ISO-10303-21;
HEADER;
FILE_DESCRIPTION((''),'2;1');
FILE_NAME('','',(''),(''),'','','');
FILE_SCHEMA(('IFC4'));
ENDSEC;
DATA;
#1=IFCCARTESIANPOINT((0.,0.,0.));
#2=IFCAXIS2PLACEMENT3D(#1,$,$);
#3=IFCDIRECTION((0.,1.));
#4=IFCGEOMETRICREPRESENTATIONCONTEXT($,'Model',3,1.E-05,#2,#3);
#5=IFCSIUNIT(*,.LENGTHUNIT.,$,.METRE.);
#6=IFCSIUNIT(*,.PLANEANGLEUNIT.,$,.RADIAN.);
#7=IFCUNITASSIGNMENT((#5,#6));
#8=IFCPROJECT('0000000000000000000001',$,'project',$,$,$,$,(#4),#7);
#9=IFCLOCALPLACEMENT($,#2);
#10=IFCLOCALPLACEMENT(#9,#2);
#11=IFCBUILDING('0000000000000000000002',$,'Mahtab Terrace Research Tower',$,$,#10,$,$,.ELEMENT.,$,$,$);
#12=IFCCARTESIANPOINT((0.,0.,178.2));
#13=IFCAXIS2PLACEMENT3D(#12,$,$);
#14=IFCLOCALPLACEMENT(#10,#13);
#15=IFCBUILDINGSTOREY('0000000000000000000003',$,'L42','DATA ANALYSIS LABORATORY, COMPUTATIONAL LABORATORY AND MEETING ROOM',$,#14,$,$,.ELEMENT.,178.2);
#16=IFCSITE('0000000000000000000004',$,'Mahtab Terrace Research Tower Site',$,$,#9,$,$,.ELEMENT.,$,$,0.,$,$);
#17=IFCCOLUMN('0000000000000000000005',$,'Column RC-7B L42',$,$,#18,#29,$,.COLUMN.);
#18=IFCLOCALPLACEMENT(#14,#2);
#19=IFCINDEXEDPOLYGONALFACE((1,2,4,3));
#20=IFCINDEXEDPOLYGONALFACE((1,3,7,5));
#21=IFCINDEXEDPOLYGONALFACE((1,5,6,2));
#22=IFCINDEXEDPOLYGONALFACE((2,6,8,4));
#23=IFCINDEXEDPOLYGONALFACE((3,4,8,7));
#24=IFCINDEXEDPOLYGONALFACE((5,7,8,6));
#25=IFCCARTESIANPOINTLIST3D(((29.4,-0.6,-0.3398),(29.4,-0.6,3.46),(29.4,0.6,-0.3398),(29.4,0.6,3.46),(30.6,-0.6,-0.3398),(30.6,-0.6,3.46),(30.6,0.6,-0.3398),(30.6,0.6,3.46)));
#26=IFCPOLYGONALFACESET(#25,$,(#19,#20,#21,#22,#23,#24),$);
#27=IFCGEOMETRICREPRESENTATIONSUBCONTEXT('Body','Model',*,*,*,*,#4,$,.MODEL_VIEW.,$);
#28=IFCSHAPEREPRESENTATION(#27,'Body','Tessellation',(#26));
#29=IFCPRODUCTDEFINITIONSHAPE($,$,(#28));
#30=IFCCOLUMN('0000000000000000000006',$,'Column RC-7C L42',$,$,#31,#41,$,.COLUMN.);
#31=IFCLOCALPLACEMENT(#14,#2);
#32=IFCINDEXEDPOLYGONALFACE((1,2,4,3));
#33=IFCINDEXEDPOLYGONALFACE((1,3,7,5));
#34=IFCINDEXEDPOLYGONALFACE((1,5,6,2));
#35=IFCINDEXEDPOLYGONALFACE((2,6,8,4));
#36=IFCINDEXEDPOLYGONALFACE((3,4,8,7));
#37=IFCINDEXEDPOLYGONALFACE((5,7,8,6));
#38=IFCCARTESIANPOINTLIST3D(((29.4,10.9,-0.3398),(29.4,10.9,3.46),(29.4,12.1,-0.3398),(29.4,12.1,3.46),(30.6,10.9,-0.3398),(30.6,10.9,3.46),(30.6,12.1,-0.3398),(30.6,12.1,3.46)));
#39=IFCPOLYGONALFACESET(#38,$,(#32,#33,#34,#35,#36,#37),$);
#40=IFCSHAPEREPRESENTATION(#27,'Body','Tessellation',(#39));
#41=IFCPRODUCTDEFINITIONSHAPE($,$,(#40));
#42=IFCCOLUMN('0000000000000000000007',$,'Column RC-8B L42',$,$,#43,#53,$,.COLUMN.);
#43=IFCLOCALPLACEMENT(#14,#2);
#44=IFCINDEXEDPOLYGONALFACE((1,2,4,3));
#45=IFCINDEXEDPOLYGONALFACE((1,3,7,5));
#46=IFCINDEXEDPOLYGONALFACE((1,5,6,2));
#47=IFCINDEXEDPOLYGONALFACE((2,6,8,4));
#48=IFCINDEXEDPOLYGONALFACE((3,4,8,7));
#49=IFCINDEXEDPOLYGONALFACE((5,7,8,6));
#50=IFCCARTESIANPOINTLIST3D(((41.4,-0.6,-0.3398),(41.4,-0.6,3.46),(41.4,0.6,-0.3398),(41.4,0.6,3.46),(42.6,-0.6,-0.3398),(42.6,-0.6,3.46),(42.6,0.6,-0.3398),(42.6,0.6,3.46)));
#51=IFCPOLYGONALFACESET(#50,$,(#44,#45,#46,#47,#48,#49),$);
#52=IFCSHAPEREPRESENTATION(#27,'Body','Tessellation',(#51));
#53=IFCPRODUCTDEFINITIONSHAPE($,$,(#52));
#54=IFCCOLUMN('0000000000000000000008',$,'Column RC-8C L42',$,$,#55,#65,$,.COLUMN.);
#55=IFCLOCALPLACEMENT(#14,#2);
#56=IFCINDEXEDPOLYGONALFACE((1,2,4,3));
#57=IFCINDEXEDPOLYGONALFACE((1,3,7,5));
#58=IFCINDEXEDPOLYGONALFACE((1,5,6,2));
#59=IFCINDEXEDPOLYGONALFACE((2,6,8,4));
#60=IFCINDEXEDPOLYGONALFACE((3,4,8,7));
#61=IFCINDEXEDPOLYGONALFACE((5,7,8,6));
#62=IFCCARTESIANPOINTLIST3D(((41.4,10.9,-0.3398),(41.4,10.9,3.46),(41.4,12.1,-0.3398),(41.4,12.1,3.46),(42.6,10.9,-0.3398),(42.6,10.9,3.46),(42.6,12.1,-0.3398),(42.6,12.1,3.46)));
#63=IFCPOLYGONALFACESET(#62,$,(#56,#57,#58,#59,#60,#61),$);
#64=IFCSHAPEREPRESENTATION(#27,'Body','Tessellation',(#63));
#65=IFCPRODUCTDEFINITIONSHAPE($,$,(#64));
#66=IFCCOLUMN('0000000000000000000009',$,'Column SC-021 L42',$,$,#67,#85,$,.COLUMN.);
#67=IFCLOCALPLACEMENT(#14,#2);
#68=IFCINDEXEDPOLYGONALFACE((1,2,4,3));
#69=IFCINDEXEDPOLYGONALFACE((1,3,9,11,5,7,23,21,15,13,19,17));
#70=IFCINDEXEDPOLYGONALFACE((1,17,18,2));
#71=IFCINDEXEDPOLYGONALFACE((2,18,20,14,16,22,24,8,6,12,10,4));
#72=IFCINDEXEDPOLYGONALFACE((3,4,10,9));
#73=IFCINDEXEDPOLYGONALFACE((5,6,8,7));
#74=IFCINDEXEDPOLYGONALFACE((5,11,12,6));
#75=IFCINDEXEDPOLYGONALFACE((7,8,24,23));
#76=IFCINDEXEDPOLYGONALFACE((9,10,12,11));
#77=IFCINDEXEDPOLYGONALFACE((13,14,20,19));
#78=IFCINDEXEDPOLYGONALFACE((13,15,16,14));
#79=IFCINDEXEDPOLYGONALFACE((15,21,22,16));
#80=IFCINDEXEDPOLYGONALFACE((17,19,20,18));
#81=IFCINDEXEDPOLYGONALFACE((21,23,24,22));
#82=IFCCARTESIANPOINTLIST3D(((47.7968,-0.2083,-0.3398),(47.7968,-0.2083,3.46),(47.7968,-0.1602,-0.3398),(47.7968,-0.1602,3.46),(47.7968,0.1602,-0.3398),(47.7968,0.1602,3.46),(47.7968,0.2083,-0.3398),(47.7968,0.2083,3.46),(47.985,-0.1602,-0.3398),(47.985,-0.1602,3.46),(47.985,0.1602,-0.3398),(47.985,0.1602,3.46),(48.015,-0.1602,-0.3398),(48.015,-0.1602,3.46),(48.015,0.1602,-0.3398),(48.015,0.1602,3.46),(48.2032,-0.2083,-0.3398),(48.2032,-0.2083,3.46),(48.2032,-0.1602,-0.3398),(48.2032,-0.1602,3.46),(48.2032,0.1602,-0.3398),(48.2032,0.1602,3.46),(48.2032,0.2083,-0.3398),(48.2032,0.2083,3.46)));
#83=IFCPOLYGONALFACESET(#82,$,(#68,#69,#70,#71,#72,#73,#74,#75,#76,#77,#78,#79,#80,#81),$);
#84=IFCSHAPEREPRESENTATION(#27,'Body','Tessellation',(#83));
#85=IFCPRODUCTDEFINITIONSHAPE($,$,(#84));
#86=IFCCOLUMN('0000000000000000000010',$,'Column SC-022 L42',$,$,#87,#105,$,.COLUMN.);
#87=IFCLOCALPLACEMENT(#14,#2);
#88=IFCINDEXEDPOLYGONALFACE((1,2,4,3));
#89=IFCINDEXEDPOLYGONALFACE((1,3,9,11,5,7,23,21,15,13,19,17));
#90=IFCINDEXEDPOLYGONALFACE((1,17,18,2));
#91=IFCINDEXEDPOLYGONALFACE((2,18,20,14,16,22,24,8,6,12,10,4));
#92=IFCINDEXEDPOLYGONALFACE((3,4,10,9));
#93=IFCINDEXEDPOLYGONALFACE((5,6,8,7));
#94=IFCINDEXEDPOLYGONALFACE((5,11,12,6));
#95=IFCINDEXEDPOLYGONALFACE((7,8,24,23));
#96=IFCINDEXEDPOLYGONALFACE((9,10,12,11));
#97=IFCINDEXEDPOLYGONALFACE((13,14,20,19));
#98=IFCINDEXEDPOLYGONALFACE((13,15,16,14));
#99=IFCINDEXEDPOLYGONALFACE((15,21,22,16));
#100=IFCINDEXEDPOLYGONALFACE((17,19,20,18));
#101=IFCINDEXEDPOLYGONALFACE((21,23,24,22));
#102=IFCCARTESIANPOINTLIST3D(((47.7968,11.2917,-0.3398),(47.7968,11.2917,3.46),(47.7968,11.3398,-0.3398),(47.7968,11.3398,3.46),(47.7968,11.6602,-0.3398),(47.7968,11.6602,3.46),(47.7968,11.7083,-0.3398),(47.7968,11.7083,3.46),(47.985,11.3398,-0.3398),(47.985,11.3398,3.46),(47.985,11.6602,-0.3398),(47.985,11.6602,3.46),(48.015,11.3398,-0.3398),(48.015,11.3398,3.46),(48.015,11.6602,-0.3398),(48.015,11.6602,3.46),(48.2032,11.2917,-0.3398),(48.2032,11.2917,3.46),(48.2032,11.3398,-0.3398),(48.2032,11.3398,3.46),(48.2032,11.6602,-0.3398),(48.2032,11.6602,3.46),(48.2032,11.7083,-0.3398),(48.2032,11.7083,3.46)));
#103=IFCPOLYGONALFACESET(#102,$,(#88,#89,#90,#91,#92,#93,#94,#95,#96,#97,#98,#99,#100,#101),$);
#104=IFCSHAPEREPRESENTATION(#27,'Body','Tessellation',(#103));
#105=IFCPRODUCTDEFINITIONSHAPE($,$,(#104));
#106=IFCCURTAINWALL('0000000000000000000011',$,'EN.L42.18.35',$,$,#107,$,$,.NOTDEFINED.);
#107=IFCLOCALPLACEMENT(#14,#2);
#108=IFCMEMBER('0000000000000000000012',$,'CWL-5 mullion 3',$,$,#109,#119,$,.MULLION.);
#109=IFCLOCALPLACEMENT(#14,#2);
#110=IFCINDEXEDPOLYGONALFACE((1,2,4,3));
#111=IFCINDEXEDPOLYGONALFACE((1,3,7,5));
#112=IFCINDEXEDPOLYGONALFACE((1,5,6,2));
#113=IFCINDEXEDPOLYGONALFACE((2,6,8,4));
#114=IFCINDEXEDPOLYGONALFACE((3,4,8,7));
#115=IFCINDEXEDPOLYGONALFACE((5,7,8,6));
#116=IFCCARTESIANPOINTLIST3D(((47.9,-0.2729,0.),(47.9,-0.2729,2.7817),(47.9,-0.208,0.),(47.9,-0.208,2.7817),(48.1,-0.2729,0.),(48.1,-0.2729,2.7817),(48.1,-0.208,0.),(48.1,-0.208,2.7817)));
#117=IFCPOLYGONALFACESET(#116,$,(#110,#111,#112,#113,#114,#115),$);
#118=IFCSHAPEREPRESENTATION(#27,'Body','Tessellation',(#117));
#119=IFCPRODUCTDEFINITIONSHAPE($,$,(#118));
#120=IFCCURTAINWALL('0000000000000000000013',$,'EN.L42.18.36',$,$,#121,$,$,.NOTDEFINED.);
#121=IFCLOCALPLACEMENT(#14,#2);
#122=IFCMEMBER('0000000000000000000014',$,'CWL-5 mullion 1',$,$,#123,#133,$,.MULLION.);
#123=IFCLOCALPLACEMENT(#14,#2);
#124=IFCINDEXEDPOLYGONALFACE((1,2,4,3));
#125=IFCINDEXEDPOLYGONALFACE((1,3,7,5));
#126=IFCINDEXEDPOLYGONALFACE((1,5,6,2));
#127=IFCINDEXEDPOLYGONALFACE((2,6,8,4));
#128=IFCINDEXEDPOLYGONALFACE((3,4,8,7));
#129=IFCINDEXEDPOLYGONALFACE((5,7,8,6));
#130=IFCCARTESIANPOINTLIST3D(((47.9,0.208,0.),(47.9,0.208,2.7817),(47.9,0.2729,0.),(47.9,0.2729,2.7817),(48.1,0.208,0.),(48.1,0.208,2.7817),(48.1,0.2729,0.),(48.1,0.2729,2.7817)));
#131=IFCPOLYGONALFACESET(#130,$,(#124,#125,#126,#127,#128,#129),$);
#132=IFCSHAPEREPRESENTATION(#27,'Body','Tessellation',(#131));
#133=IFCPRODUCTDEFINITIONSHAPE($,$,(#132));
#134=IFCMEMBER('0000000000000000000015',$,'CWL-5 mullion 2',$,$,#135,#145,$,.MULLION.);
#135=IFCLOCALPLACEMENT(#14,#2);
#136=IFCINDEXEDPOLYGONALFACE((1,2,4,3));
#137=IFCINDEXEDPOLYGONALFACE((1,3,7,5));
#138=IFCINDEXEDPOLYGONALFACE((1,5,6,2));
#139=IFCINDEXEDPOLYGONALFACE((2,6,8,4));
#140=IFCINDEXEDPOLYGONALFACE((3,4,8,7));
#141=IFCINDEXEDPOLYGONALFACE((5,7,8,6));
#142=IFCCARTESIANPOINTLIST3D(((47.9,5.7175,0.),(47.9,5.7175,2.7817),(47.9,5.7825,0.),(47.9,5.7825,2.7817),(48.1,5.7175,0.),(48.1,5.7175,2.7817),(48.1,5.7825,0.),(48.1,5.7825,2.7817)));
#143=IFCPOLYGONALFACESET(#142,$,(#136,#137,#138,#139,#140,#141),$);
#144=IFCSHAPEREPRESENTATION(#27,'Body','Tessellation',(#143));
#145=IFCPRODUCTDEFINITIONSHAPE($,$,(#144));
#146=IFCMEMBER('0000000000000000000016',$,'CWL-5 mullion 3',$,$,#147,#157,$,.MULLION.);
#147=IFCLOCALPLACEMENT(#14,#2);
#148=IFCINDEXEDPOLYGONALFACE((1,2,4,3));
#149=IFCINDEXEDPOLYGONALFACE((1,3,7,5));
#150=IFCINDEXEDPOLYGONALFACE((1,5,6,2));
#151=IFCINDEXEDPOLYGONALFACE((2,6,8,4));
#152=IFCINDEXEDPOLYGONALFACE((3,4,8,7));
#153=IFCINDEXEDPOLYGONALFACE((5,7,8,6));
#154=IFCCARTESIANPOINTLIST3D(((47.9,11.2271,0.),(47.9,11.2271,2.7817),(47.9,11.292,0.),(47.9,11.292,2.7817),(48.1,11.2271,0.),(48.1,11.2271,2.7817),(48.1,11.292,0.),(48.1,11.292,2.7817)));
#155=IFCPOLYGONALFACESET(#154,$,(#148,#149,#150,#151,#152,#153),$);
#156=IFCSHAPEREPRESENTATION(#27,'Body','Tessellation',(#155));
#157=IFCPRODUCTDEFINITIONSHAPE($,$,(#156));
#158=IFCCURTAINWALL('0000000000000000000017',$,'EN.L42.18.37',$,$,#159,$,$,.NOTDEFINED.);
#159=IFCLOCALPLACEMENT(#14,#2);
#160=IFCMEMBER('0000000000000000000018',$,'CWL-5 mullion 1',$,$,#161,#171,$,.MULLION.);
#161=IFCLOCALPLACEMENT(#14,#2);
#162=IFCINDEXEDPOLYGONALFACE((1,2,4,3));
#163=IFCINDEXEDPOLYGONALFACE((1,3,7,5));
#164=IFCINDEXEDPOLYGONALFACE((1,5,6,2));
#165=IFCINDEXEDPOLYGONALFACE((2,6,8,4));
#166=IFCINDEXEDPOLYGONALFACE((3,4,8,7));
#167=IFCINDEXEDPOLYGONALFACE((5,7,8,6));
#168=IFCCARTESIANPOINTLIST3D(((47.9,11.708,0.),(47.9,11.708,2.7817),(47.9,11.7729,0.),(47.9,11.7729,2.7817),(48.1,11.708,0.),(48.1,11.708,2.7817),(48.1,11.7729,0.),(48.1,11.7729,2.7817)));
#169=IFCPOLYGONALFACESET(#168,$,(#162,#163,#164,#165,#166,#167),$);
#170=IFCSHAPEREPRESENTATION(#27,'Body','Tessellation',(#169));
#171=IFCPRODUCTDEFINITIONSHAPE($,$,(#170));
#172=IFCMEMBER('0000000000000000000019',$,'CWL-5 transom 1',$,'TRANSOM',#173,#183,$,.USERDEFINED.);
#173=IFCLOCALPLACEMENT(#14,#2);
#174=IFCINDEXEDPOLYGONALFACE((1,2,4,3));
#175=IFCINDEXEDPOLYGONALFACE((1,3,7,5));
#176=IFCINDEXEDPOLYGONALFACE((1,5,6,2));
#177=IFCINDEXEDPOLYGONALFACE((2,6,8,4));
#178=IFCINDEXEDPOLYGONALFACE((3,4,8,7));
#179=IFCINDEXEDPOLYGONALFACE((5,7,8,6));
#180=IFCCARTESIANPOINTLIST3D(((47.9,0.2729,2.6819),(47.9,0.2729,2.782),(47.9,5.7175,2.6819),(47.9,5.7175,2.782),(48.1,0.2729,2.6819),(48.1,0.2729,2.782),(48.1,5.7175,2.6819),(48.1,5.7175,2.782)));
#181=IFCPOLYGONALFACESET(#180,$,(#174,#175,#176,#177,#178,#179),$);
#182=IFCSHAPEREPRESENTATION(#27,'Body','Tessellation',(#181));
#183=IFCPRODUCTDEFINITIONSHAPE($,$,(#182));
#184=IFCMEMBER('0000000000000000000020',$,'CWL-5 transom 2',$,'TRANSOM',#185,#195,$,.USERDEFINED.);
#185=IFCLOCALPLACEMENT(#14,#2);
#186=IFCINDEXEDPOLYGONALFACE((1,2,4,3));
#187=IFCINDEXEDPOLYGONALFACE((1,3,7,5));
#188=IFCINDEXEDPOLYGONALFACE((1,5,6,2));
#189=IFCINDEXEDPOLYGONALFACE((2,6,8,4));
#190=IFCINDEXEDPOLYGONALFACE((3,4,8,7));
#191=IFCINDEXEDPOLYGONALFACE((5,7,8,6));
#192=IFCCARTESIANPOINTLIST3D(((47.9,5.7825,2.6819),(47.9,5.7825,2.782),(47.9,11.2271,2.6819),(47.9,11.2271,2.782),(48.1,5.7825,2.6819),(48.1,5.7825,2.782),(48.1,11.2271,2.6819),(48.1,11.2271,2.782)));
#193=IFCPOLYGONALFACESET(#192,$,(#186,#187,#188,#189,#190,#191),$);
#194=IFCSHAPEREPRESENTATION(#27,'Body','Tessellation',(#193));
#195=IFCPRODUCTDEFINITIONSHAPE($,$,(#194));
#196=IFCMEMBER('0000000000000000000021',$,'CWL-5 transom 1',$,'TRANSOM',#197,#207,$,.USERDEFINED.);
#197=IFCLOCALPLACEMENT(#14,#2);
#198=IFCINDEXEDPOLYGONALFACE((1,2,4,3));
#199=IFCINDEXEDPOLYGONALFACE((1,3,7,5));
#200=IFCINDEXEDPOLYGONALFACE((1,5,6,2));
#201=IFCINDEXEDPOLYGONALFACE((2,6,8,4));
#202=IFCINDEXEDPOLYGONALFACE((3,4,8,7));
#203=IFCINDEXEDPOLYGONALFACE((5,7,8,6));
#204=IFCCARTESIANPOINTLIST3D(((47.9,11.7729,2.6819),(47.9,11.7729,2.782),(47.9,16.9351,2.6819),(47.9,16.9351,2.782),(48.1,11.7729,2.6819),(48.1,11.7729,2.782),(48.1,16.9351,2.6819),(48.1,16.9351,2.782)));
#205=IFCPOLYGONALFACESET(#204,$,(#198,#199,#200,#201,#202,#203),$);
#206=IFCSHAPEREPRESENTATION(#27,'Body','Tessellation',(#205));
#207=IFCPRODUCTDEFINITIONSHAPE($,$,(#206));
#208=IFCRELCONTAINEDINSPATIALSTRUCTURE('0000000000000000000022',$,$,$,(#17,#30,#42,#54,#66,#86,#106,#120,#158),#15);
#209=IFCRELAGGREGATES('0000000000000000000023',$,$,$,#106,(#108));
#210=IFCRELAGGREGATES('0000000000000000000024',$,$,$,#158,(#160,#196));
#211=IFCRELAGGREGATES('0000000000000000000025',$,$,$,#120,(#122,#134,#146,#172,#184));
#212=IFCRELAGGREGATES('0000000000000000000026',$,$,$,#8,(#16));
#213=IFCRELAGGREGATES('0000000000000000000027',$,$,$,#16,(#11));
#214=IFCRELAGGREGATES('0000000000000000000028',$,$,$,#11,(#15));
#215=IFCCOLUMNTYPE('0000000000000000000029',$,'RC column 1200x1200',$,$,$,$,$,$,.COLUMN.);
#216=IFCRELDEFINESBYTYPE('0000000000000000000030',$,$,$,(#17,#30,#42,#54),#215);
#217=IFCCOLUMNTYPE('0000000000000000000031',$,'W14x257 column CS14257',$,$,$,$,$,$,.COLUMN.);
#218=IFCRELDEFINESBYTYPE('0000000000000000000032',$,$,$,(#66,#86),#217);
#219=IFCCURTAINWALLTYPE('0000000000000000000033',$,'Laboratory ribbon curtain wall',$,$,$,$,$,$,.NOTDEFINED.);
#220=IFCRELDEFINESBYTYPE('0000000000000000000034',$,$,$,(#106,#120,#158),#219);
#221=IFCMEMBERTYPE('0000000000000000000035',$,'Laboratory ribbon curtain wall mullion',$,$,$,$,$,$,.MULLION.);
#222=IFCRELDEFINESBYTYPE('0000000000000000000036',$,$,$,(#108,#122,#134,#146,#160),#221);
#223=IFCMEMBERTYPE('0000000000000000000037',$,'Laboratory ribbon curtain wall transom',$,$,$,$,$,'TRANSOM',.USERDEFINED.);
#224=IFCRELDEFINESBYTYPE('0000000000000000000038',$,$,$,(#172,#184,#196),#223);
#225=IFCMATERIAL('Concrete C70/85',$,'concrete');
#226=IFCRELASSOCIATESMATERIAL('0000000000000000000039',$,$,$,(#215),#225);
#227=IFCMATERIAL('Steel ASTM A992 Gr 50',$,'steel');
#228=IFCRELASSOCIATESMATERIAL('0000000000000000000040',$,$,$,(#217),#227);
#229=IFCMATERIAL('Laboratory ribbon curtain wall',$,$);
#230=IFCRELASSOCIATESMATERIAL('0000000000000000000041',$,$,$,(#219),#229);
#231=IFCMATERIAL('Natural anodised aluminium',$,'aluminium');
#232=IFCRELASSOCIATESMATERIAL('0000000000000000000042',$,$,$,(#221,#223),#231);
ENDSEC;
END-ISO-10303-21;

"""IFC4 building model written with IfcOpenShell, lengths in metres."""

from ifc_helpers import new_model, si_unit, direction, frame, origin, origin_2d, place, context, subcontext, project, spatial, rectangle, i_section, extrude, material, material_profile, profile_set, type_object, element, aggregate, save


model = new_model("IFC4")

# Units and contexts
model_context = context("Model", 3, precision=1e-05, world=origin(), true_north=direction((0.0, 1.0)))
body_context = subcontext(model_context, "Body", "Model", "MODEL_VIEW")
ifc_project = project(units=[si_unit("LENGTHUNIT", "METRE"), si_unit("PLANEANGLEUNIT", "RADIAN")], contexts=[model_context])

# Site, building, storey
site_placement = place(None, origin())
site = spatial("IfcSite", under=ifc_project, at=site_placement, Name="Mahtab Terrace Research Tower Site", CompositionType="ELEMENT", RefElevation=0.0)
building_placement = place(site_placement, origin())
building = spatial("IfcBuilding", under=site, at=building_placement, Name="Mahtab Terrace Research Tower", CompositionType="ELEMENT")
storey_placement = place(building_placement, frame((0.0, 0.0, 178.2)))
storey = spatial("IfcBuildingStorey", under=building, at=storey_placement, Name="L42", Description="DATA ANALYSIS LABORATORY, COMPUTATIONAL LABORATORY AND MEETING ROOM", CompositionType="ELEMENT", Elevation=178.2)

# Columns
ifc_material_1 = material(Name="Concrete C70/85", Category="concrete")
ifc_material_profile_1 = material_profile(ifc_material_1, rectangle(XDim=1.2, YDim=1.2, at=origin_2d()), Name="RC column 1200x1200")
ifc_profile_set_1 = profile_set([ifc_material_profile_1], Name="Concrete C70/85")
column_type_1 = type_object("IfcColumnType", Name="RC column 1200x1200", PredefinedType="COLUMN", material=ifc_profile_set_1)
for number, where, z_axis, x_axis, name in (
    (1, (30.0, 0.0, -0.3398), (0.0, 0.0, 1.0), (1.0, 0.0, 0.0), "Column RC-7B L42"),
    (2, (30.0, 11.5, -0.3398), (0.0, 0.0, 1.0), (1.0, 0.0, 0.0), "Column RC-7C L42"),
    (3, (42.0, 0.0, -0.3398), (0.0, 0.0, 1.0), (1.0, 0.0, 0.0), "Column RC-8B L42"),
    (4, (42.0, 11.5, -0.3398), (0.0, 0.0, 1.0), (1.0, 0.0, 0.0), "Column RC-8C L42"),
):
    element("IfcColumn", number, at=place(storey_placement, frame(where, z_axis=z_axis, x_axis=x_axis)), inside=storey, type_object=column_type_1, Name=name, PredefinedType="COLUMN", context=body_context, shape_type="SweptSolid", body=[
        extrude(rectangle(XDim=1.2, YDim=1.2, at=origin_2d()), origin(), (0.0, 0.0, 1.0), 3.7998),
    ])
ifc_material_2 = material(Name="Steel ASTM A992 Gr 50", Category="steel")
ifc_material_profile_2 = material_profile(ifc_material_2, i_section(OverallWidth=0.4065, OverallDepth=0.4165, WebThickness=0.03, FlangeThickness=0.0481, at=origin_2d()), Name="W14X257")
ifc_profile_set_2 = profile_set([ifc_material_profile_2], Name="Steel ASTM A992 Gr 50")
column_type_2 = type_object("IfcColumnType", Name="W14x257 column CS14257", PredefinedType="COLUMN", material=ifc_profile_set_2)
for number, where, z_axis, x_axis, name in (
    (5, (48.0, 0.0, -0.3398), (0.0, 0.0, 1.0), (1.0, 0.0, 0.0), "Column SC-021 L42"),
    (6, (48.0, 11.5, -0.3398), (0.0, 0.0, 1.0), (1.0, 0.0, 0.0), "Column SC-022 L42"),
):
    element("IfcColumn", number, at=place(storey_placement, frame(where, z_axis=z_axis, x_axis=x_axis)), inside=storey, type_object=column_type_2, Name=name, PredefinedType="COLUMN", context=body_context, shape_type="SweptSolid", body=[
        extrude(i_section(OverallWidth=0.4065, OverallDepth=0.4165, WebThickness=0.03, FlangeThickness=0.0481, at=origin_2d()), origin(), (0.0, 0.0, 1.0), 3.7998),
    ])

# Curtain wall, member
ifc_material_3 = material(Name="Laboratory ribbon curtain wall")
curtain_wall_type = type_object("IfcCurtainWallType", Name="Laboratory ribbon curtain wall", PredefinedType="NOTDEFINED", material=ifc_material_3)
curtain_wall_1_placement = place(storey_placement, origin())
curtain_wall_1 = element("IfcCurtainWall", 7, at=curtain_wall_1_placement, inside=storey, type_object=curtain_wall_type, Name="EN.L42.18.35", PredefinedType="NOTDEFINED")
ifc_material_4 = material(Name="Natural anodised aluminium", Category="aluminium")
ifc_material_profile_3 = material_profile(ifc_material_4, rectangle(XDim=0.2, YDim=0.0649, at=origin_2d()), Name="MULLION 65x200")
ifc_profile_set_3 = profile_set([ifc_material_profile_3], Name="Natural anodised aluminium")
member_type_1 = type_object("IfcMemberType", Name="Laboratory ribbon curtain wall mullion", PredefinedType="MULLION", material=ifc_profile_set_3)
member_1_placement = place(storey_placement, frame((48.0, -0.2405, 0.0), z_axis=(0.0, 0.0, 1.0), x_axis=(-1.0, 0.0, 0.0)))
member_1 = element("IfcMember", 8, at=member_1_placement, type_object=member_type_1, Name="CWL-5 mullion 3", PredefinedType="MULLION", context=body_context, shape_type="SweptSolid", body=[
    extrude(rectangle(XDim=0.2, YDim=0.0649, at=origin_2d()), origin(), (0.0, 0.0, 1.0), 2.7817),
])
aggregate(curtain_wall_1, [member_1])

# Curtain wall, members
curtain_wall_2_placement = place(storey_placement, origin())
curtain_wall_2 = element("IfcCurtainWall", 9, at=curtain_wall_2_placement, inside=storey, type_object=curtain_wall_type, Name="EN.L42.18.36", PredefinedType="NOTDEFINED")
member_2_placement = place(storey_placement, frame((48.0, 0.2405, 0.0), z_axis=(0.0, 0.0, 1.0), x_axis=(-1.0, 0.0, 0.0)))
member_2 = element("IfcMember", 10, at=member_2_placement, type_object=member_type_1, Name="CWL-5 mullion 1", PredefinedType="MULLION", context=body_context, shape_type="SweptSolid", body=[
    extrude(rectangle(XDim=0.2, YDim=0.0649, at=origin_2d()), origin(), (0.0, 0.0, 1.0), 2.7817),
])
member_3_placement = place(storey_placement, frame((48.0, 5.75, 0.0), z_axis=(0.0, 0.0, 1.0), x_axis=(-1.0, 0.0, 0.0)))
member_3 = element("IfcMember", 11, at=member_3_placement, type_object=member_type_1, Name="CWL-5 mullion 2", PredefinedType="MULLION", context=body_context, shape_type="SweptSolid", body=[
    extrude(rectangle(XDim=0.2, YDim=0.0649, at=origin_2d()), origin(), (0.0, 0.0, 1.0), 2.7817),
])
member_4_placement = place(storey_placement, frame((48.0, 11.2595, 0.0), z_axis=(0.0, 0.0, 1.0), x_axis=(-1.0, 0.0, 0.0)))
member_4 = element("IfcMember", 12, at=member_4_placement, type_object=member_type_1, Name="CWL-5 mullion 3", PredefinedType="MULLION", context=body_context, shape_type="SweptSolid", body=[
    extrude(rectangle(XDim=0.2, YDim=0.0649, at=origin_2d()), origin(), (0.0, 0.0, 1.0), 2.7817),
])

# Curtain wall, member
curtain_wall_3_placement = place(storey_placement, origin())
curtain_wall_3 = element("IfcCurtainWall", 13, at=curtain_wall_3_placement, inside=storey, type_object=curtain_wall_type, Name="EN.L42.18.37", PredefinedType="NOTDEFINED")
member_5_placement = place(storey_placement, frame((48.0, 11.7405, 0.0), z_axis=(0.0, 0.0, 1.0), x_axis=(-1.0, 0.0, 0.0)))
member_5 = element("IfcMember", 14, at=member_5_placement, type_object=member_type_1, Name="CWL-5 mullion 1", PredefinedType="MULLION", context=body_context, shape_type="SweptSolid", body=[
    extrude(rectangle(XDim=0.2, YDim=0.0649, at=origin_2d()), origin(), (0.0, 0.0, 1.0), 2.7817),
])

# Members
ifc_material_profile_4 = material_profile(ifc_material_4, rectangle(XDim=0.2, YDim=0.1001, at=origin_2d()), Name="TRANSOM 100x200")
ifc_profile_set_4 = profile_set([ifc_material_profile_4], Name="Natural anodised aluminium")
member_type_2 = type_object("IfcMemberType", Name="Laboratory ribbon curtain wall transom", ElementType="TRANSOM", PredefinedType="USERDEFINED", material=ifc_profile_set_4)
member_6_placement = place(storey_placement, frame((48.0, 0.2729, 2.7319), z_axis=(0.0, 1.0, 0.0), x_axis=(-1.0, 0.0, 0.0)))
member_6 = element("IfcMember", 15, at=member_6_placement, type_object=member_type_2, Name="CWL-5 transom 1", ObjectType="TRANSOM", PredefinedType="USERDEFINED", context=body_context, shape_type="SweptSolid", body=[
    extrude(rectangle(XDim=0.2, YDim=0.1001, at=origin_2d()), origin(), (0.0, 0.0, 1.0), 5.4446),
])
member_7_placement = place(storey_placement, frame((48.0, 5.7825, 2.7319), z_axis=(0.0, 1.0, 0.0), x_axis=(-1.0, 0.0, 0.0)))
member_7 = element("IfcMember", 16, at=member_7_placement, type_object=member_type_2, Name="CWL-5 transom 2", ObjectType="TRANSOM", PredefinedType="USERDEFINED", context=body_context, shape_type="SweptSolid", body=[
    extrude(rectangle(XDim=0.2, YDim=0.1001, at=origin_2d()), origin(), (0.0, 0.0, 1.0), 5.4446),
])
member_8_placement = place(storey_placement, frame((48.0, 11.7729, 2.7319), z_axis=(0.0, 1.0, 0.0), x_axis=(-1.0, 0.0, 0.0)))
member_8 = element("IfcMember", 17, at=member_8_placement, type_object=member_type_2, Name="CWL-5 transom 1", ObjectType="TRANSOM", PredefinedType="USERDEFINED", context=body_context, shape_type="SweptSolid", body=[
    extrude(rectangle(XDim=0.2, YDim=0.1001, at=origin_2d()), origin(), (0.0, 0.0, 1.0), 5.1621),
])
aggregate(curtain_wall_3, [member_5, member_8])

aggregate(curtain_wall_2, [member_2, member_3, member_4, member_6, member_7])

save(model, "model.ifc")
